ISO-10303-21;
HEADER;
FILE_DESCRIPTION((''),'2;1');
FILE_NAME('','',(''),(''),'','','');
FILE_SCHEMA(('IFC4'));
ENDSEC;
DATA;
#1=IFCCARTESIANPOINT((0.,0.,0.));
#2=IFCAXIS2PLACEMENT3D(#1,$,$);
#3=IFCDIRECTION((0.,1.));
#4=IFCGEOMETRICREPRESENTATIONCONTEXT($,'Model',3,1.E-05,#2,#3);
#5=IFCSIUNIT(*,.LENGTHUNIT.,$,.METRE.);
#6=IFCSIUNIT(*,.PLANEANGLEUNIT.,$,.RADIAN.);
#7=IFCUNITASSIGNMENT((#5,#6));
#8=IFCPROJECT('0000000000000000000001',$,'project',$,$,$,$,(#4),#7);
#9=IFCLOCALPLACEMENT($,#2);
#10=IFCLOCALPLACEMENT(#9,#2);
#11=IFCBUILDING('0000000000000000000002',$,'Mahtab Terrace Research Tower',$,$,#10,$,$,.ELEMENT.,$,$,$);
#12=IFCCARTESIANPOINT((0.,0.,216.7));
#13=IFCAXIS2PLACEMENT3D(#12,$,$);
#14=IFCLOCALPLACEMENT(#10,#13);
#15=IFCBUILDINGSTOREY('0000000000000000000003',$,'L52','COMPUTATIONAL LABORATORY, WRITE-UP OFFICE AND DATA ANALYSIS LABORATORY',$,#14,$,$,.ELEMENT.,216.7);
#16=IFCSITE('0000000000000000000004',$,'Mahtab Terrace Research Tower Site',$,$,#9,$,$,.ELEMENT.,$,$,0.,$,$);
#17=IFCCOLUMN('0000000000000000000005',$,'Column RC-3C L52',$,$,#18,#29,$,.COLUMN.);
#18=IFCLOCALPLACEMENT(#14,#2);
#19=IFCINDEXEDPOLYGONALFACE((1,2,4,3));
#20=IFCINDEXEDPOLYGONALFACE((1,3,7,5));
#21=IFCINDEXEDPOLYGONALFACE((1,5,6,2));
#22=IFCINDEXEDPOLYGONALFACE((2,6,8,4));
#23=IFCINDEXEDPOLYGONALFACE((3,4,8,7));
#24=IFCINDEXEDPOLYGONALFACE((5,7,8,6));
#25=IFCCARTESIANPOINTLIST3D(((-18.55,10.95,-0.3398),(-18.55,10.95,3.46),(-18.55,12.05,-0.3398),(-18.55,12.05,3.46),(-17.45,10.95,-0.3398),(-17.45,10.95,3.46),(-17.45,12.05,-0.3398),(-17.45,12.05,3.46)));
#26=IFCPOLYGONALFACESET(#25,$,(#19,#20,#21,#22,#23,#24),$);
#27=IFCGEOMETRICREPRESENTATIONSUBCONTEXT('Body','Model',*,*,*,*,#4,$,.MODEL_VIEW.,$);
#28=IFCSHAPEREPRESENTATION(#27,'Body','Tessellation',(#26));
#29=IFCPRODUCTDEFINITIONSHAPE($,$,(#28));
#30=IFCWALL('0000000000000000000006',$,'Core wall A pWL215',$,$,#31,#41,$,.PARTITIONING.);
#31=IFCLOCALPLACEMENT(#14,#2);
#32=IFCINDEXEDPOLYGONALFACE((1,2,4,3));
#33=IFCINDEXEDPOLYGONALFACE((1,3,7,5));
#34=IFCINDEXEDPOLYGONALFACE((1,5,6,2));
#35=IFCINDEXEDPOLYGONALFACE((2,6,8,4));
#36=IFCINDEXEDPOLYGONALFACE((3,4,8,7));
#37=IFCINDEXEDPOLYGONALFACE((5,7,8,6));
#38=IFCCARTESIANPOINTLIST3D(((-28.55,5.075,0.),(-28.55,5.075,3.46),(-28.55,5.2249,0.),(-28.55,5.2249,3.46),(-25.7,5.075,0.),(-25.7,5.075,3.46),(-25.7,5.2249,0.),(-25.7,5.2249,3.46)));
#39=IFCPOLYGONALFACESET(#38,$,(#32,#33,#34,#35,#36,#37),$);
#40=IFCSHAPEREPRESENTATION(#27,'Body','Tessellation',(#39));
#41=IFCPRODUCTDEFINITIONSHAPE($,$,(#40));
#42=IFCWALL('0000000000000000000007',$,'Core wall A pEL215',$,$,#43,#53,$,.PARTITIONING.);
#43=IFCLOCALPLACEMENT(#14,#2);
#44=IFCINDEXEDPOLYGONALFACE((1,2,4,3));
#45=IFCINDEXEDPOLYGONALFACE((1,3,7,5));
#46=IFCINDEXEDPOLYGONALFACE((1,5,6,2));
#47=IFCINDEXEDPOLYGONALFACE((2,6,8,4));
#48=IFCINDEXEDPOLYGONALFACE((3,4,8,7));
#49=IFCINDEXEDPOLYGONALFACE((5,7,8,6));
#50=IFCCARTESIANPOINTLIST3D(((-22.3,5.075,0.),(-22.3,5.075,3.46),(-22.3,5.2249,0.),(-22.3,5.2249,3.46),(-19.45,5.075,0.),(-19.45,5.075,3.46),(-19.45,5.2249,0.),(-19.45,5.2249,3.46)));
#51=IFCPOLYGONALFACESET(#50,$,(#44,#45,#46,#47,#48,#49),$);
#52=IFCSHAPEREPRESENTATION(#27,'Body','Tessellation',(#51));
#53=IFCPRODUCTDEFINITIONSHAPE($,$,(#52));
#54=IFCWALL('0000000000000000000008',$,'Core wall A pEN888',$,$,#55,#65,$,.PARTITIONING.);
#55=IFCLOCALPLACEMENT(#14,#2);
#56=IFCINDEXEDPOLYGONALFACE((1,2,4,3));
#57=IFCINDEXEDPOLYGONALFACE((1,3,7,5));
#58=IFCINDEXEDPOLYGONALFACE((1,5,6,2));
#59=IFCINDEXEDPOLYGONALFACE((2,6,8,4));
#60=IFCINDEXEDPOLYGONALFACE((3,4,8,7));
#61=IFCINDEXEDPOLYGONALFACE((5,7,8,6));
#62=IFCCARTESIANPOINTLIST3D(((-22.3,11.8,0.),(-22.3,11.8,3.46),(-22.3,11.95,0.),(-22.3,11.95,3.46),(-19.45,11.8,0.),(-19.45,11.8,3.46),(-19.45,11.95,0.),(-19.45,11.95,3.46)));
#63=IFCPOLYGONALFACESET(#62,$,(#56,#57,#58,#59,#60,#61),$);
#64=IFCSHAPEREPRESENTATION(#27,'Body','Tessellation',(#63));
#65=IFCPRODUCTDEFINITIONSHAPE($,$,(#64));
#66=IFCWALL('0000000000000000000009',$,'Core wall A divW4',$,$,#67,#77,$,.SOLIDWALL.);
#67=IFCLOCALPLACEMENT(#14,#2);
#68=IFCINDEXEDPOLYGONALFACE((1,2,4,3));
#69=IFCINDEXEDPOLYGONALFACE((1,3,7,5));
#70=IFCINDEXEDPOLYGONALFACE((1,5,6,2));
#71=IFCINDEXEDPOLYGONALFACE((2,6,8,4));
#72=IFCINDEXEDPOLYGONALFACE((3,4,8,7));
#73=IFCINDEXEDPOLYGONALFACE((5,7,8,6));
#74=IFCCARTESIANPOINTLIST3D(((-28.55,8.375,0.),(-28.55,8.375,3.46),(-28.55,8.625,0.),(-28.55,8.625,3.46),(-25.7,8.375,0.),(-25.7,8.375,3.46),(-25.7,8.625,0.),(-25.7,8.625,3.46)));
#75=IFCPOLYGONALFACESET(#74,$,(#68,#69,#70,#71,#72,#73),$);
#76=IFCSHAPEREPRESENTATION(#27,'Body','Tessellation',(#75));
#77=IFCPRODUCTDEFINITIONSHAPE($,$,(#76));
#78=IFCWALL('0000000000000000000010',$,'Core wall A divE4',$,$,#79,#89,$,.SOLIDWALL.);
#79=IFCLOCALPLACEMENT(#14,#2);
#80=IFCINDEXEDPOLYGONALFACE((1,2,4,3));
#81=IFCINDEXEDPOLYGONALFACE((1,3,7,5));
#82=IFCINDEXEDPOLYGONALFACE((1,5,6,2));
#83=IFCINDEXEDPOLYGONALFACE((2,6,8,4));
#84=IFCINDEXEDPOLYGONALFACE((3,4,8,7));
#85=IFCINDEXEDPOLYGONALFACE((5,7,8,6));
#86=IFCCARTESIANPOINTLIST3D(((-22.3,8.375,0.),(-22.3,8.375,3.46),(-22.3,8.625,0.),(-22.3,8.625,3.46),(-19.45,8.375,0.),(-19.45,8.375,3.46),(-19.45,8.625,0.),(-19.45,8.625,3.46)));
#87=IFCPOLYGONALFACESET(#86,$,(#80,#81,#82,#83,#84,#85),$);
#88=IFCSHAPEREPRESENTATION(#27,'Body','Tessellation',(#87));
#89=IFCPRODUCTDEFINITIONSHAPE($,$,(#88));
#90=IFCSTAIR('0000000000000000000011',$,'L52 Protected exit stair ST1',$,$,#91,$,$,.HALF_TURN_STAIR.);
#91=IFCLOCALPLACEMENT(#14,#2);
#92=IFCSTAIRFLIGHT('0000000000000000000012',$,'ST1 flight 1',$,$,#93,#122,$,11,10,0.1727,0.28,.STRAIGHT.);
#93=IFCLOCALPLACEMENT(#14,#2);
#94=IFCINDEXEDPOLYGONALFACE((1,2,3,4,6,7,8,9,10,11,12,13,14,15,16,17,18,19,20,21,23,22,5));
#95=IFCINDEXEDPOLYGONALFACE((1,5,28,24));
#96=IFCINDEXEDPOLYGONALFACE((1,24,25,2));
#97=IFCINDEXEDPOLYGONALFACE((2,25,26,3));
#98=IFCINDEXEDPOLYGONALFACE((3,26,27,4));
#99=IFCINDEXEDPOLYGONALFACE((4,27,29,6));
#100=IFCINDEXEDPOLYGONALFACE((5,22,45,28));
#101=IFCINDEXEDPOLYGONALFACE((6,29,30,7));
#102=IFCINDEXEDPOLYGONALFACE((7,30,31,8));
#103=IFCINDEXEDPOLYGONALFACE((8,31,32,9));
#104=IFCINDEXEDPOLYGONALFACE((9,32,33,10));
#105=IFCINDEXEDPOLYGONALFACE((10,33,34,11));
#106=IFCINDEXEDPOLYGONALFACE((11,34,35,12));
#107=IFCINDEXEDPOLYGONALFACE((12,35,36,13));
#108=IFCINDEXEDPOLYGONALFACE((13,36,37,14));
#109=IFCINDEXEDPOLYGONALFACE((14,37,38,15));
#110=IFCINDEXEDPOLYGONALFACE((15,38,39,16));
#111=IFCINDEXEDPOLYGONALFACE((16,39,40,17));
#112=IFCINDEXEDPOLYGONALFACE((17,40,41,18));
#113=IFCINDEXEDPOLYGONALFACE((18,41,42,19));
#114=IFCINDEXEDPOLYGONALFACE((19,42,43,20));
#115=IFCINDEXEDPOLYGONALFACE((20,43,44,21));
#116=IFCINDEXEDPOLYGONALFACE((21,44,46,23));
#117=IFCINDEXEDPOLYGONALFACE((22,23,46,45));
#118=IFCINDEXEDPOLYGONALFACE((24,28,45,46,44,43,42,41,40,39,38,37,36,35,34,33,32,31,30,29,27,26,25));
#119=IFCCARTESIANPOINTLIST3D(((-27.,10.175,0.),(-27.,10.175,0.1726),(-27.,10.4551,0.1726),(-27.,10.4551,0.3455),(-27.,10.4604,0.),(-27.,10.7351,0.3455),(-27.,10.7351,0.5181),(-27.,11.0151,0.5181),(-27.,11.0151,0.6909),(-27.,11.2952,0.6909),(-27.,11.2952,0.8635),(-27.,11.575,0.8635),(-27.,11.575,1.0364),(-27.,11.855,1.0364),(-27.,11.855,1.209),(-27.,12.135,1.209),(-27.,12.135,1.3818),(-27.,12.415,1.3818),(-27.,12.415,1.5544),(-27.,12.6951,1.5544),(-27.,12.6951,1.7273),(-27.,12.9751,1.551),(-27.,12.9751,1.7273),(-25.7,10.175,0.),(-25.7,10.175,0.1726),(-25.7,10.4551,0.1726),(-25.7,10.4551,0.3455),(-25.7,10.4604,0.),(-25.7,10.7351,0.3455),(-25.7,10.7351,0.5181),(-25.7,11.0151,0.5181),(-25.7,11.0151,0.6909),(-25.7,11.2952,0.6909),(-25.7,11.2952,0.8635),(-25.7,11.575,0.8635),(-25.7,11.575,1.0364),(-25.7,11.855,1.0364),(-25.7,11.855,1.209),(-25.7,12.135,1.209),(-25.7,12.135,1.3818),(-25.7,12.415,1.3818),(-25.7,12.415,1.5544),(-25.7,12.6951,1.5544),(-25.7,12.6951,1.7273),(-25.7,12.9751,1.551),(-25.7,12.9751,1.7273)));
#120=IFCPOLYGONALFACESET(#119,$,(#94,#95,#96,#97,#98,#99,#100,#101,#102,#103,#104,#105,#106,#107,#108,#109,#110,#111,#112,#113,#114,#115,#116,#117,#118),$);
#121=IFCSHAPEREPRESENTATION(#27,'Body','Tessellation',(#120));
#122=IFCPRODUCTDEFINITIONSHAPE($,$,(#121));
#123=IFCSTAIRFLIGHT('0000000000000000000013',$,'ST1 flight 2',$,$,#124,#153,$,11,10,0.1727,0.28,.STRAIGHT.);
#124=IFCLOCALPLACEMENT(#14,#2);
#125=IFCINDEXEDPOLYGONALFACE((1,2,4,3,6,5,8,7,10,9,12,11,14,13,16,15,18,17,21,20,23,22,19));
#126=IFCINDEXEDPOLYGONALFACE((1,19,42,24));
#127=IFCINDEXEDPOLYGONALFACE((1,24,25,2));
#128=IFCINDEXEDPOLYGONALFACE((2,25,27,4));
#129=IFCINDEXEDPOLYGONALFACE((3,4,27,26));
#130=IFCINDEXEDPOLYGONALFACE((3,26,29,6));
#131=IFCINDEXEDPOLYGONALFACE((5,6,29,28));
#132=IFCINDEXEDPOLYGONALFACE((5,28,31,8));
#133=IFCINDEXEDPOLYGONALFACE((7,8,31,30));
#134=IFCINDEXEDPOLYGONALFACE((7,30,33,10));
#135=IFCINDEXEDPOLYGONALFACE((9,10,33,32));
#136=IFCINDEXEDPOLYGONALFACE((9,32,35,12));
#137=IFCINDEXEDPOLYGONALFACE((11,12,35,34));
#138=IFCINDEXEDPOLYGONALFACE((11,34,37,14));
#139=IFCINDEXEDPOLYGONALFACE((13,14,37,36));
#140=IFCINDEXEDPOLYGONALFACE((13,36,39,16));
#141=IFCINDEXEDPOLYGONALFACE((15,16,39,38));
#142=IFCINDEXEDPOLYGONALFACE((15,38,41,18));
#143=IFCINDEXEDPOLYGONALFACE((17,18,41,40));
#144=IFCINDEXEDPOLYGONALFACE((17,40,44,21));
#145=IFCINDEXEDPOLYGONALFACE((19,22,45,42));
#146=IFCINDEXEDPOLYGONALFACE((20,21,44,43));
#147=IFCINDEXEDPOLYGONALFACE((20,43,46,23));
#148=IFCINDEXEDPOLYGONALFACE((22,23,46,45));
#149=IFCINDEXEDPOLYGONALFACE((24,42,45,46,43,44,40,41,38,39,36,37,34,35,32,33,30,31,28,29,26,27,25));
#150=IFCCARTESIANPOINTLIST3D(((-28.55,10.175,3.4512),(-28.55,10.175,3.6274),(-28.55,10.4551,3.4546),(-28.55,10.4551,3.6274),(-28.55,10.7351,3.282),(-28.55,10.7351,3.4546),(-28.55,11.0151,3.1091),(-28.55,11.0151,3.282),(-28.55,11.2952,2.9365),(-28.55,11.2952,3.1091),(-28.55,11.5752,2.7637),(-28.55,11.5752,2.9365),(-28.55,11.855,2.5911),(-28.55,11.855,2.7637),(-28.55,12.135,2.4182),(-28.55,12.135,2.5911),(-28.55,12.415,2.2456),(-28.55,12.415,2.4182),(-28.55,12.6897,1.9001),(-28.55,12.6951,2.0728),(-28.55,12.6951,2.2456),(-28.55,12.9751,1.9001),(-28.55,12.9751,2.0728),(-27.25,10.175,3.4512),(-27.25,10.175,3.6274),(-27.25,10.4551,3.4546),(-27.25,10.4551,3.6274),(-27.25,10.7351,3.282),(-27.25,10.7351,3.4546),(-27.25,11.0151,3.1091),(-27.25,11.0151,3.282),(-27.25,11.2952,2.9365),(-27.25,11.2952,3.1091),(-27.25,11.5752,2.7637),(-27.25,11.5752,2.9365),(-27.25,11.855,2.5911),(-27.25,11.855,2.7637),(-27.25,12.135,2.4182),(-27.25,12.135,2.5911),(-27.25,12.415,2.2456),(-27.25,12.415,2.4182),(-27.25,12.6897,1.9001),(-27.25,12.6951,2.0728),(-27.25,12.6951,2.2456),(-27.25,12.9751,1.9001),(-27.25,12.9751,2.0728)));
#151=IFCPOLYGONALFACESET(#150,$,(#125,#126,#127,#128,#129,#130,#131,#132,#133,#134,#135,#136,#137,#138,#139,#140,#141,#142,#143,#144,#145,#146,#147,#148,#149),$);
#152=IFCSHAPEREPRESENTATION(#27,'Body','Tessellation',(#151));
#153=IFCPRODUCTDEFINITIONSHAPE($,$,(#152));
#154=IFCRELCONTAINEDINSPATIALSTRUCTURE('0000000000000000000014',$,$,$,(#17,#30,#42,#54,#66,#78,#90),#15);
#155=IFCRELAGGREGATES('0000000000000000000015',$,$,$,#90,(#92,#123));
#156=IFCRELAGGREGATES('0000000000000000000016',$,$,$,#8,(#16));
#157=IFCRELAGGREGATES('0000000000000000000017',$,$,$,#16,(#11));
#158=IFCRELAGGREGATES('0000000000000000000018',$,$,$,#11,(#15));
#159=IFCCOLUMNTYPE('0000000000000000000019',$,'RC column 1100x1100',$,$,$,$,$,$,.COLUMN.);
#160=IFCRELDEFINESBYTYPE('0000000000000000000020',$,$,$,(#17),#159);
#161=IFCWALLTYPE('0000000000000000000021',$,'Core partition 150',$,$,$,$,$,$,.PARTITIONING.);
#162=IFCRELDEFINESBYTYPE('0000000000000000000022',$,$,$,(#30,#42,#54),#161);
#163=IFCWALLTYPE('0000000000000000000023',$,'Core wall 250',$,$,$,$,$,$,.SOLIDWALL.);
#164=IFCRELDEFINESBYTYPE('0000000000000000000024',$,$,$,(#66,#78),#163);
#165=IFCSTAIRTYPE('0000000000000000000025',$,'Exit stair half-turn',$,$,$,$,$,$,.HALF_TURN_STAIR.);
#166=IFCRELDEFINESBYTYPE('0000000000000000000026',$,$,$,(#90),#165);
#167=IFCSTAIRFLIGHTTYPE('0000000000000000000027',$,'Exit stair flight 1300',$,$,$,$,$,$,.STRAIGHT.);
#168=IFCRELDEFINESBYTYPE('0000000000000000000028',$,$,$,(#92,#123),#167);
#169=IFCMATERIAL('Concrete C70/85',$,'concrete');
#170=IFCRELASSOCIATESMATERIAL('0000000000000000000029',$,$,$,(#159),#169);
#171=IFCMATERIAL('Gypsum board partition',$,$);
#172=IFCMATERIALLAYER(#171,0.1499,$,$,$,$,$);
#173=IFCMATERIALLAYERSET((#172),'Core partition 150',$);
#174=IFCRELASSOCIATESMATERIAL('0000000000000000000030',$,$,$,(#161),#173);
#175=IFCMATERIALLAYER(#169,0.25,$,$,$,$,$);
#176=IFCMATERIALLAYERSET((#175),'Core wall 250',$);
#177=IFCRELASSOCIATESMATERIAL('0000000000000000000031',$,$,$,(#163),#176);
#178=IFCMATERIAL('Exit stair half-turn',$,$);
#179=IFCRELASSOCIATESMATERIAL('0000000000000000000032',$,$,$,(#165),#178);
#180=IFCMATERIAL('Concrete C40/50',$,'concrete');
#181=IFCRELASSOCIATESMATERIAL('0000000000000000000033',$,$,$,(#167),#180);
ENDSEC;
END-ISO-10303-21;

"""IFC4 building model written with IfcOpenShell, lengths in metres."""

from ifc_helpers import new_model, si_unit, direction, frame, frame_2d, origin, origin_2d, place, context, subcontext, project, spatial, polyline, rectangle, outline, extrude, material, layer, layer_set, material_profile, profile_set, type_object, element, aggregate, save


model = new_model("IFC4")

# Units and contexts
model_context = context("Model", 3, precision=1e-05, world=origin(), true_north=direction((0.0, 1.0)))
body_context = subcontext(model_context, "Body", "Model", "MODEL_VIEW")
ifc_project = project(units=[si_unit("LENGTHUNIT", "METRE"), si_unit("PLANEANGLEUNIT", "RADIAN")], contexts=[model_context])

# Site, building, storey
site_placement = place(None, origin())
site = spatial("IfcSite", under=ifc_project, at=site_placement, Name="Mahtab Terrace Research Tower Site", CompositionType="ELEMENT", RefElevation=0.0)
building_placement = place(site_placement, origin())
building = spatial("IfcBuilding", under=site, at=building_placement, Name="Mahtab Terrace Research Tower", CompositionType="ELEMENT")
storey_placement = place(building_placement, frame((0.0, 0.0, 216.7)))
storey = spatial("IfcBuildingStorey", under=building, at=storey_placement, Name="L52", Description="COMPUTATIONAL LABORATORY, WRITE-UP OFFICE AND DATA ANALYSIS LABORATORY", CompositionType="ELEMENT", Elevation=216.7)

# Column
ifc_material_1 = material(Name="Concrete C70/85", Category="concrete")
ifc_material_profile = material_profile(ifc_material_1, rectangle(XDim=1.1001, YDim=1.1001, at=origin_2d()), Name="RC column 1100x1100")
ifc_profile_set = profile_set([ifc_material_profile], Name="Concrete C70/85")
column_type = type_object("IfcColumnType", Name="RC column 1100x1100", PredefinedType="COLUMN", material=ifc_profile_set)
column_placement = place(storey_placement, frame((-18.0, 11.5, -0.3398), z_axis=(0.0, 0.0, 1.0), x_axis=(1.0, 0.0, 0.0)))
element("IfcColumn", 1, at=column_placement, inside=storey, type_object=column_type, Name="Column RC-3C L52", PredefinedType="COLUMN", context=body_context, shape_type="SweptSolid", body=[
    extrude(rectangle(XDim=1.1001, YDim=1.1001, at=origin_2d()), origin(), (0.0, 0.0, 1.0), 3.7998),
])

# Walls
ifc_material_2 = material(Name="Gypsum board partition")
ifc_layer_1 = layer(ifc_material_2, 0.1499)
ifc_layer_set_1 = layer_set([ifc_layer_1], Name="Core partition 150")
wall_type_1 = type_object("IfcWallType", Name="Core partition 150", PredefinedType="PARTITIONING", material=ifc_layer_set_1)
for number, where, z_axis, x_axis, name in (
    (2, (-28.55, 5.1499, 0.0), (0.0, 0.0, 1.0), (1.0, 0.0, 0.0), "Core wall A pWL215"),
    (3, (-22.3, 5.1499, 0.0), (0.0, 0.0, 1.0), (1.0, 0.0, 0.0), "Core wall A pEL215"),
    (4, (-22.3, 11.875, 0.0), (0.0, 0.0, 1.0), (1.0, 0.0, 0.0), "Core wall A pEN888"),
):
    element("IfcWall", number, at=place(storey_placement, frame(where, z_axis=z_axis, x_axis=x_axis)), inside=storey, type_object=wall_type_1, Name=name, PredefinedType="PARTITIONING", context=body_context, shape_type="SweptSolid", body=[
        extrude(rectangle(XDim=2.8501, YDim=0.1499, at=frame_2d((1.425, 0.0))), origin(), (0.0, 0.0, 1.0), 3.46),
    ])
ifc_layer_2 = layer(ifc_material_1, 0.25)
ifc_layer_set_2 = layer_set([ifc_layer_2], Name="Core wall 250")
wall_type_2 = type_object("IfcWallType", Name="Core wall 250", PredefinedType="SOLIDWALL", material=ifc_layer_set_2)
for number, where, z_axis, x_axis, name in (
    (5, (-28.55, 8.5, 0.0), (0.0, 0.0, 1.0), (1.0, 0.0, 0.0), "Core wall A divW4"),
    (6, (-22.3, 8.5, 0.0), (0.0, 0.0, 1.0), (1.0, 0.0, 0.0), "Core wall A divE4"),
):
    element("IfcWall", number, at=place(storey_placement, frame(where, z_axis=z_axis, x_axis=x_axis)), inside=storey, type_object=wall_type_2, Name=name, PredefinedType="SOLIDWALL", context=body_context, shape_type="SweptSolid", body=[
        extrude(rectangle(XDim=2.8501, YDim=0.25, at=frame_2d((1.425, 0.0))), origin(), (0.0, 0.0, 1.0), 3.46),
    ])

# Stair, stair flights
ifc_material_3 = material(Name="Exit stair half-turn")
stair_type = type_object("IfcStairType", Name="Exit stair half-turn", PredefinedType="HALF_TURN_STAIR", material=ifc_material_3)
stair_placement = place(storey_placement, origin())
stair = element("IfcStair", 7, at=stair_placement, inside=storey, type_object=stair_type, Name="L52 Protected exit stair ST1", PredefinedType="HALF_TURN_STAIR")
ifc_material_4 = material(Name="Concrete C40/50", Category="concrete")
stair_flight_type = type_object("IfcStairFlightType", Name="Exit stair flight 1300", PredefinedType="STRAIGHT", material=ifc_material_4)
stair_flight_1_placement = place(storey_placement, frame((-26.3501, 10.175, 0.0), z_axis=(0.0, 0.0, 1.0), x_axis=(0.0, 1.0, 0.0)))
stair_flight_1 = element("IfcStairFlight", 8, at=stair_flight_1_placement, type_object=stair_flight_type, Name="ST1 flight 1", NumberOfRisers=11, NumberOfTreads=10, PredefinedType="STRAIGHT", RiserHeight=0.1727, TreadLength=0.28, context=body_context, shape_type="SweptSolid", body=[
    extrude(outline(polyline([(0.0, 0.0), (0.0, 0.1726), (0.28, 0.1726), (0.28, 0.3455), (0.5601, 0.3455), (0.5601, 0.5181), (0.8401, 0.5181), (0.8401, 0.6909), (1.1201, 0.6909), (1.1201, 0.8635), (1.3999, 0.8635), (1.3999, 1.0364), (1.6799, 1.0364), (1.6799, 1.209), (1.96, 1.209), (1.96, 1.3818), (2.24, 1.3818), (2.24, 1.5544), (2.52, 1.5544), (2.52, 1.7273), (2.8, 1.7273), (2.8, 1.8999), (2.8, 1.551), (0.2854, 0.0), (0.0, 0.0)])), frame((0.0, 0.6499, 0.0), z_axis=(0.0, -1.0, 0.0), x_axis=(1.0, 0.0, 0.0)), (0.0, 0.0, 1.0), 1.3),
])
stair_flight_2_placement = place(storey_placement, frame((-27.8999, 12.9751, 1.9001), z_axis=(0.0, 0.0, 1.0), x_axis=(0.0, -1.0, 0.0)))
stair_flight_2 = element("IfcStairFlight", 9, at=stair_flight_2_placement, type_object=stair_flight_type, Name="ST1 flight 2", NumberOfRisers=11, NumberOfTreads=10, PredefinedType="STRAIGHT", RiserHeight=0.1727, TreadLength=0.28, context=body_context, shape_type="SweptSolid", body=[
    extrude(outline(polyline([(0.0, 0.0), (0.0, 0.1726), (0.28, 0.1726), (0.28, 0.3455), (0.5601, 0.3455), (0.5601, 0.5181), (0.8401, 0.5181), (0.8401, 0.6909), (1.1201, 0.6909), (1.1201, 0.8635), (1.3999, 0.8635), (1.3999, 1.0364), (1.6799, 1.0364), (1.6799, 1.209), (1.96, 1.209), (1.96, 1.3818), (2.24, 1.3818), (2.24, 1.5544), (2.52, 1.5544), (2.52, 1.7273), (2.8, 1.7273), (2.8, 1.8999), (2.8, 1.551), (0.2854, 0.0), (0.0, 0.0)])), frame((0.0, 0.6499, 0.0), z_axis=(0.0, -1.0, 0.0), x_axis=(1.0, 0.0, 0.0)), (0.0, 0.0, 1.0), 1.3),
])
aggregate(stair, [stair_flight_1, stair_flight_2])

save(model, "model.ifc")
